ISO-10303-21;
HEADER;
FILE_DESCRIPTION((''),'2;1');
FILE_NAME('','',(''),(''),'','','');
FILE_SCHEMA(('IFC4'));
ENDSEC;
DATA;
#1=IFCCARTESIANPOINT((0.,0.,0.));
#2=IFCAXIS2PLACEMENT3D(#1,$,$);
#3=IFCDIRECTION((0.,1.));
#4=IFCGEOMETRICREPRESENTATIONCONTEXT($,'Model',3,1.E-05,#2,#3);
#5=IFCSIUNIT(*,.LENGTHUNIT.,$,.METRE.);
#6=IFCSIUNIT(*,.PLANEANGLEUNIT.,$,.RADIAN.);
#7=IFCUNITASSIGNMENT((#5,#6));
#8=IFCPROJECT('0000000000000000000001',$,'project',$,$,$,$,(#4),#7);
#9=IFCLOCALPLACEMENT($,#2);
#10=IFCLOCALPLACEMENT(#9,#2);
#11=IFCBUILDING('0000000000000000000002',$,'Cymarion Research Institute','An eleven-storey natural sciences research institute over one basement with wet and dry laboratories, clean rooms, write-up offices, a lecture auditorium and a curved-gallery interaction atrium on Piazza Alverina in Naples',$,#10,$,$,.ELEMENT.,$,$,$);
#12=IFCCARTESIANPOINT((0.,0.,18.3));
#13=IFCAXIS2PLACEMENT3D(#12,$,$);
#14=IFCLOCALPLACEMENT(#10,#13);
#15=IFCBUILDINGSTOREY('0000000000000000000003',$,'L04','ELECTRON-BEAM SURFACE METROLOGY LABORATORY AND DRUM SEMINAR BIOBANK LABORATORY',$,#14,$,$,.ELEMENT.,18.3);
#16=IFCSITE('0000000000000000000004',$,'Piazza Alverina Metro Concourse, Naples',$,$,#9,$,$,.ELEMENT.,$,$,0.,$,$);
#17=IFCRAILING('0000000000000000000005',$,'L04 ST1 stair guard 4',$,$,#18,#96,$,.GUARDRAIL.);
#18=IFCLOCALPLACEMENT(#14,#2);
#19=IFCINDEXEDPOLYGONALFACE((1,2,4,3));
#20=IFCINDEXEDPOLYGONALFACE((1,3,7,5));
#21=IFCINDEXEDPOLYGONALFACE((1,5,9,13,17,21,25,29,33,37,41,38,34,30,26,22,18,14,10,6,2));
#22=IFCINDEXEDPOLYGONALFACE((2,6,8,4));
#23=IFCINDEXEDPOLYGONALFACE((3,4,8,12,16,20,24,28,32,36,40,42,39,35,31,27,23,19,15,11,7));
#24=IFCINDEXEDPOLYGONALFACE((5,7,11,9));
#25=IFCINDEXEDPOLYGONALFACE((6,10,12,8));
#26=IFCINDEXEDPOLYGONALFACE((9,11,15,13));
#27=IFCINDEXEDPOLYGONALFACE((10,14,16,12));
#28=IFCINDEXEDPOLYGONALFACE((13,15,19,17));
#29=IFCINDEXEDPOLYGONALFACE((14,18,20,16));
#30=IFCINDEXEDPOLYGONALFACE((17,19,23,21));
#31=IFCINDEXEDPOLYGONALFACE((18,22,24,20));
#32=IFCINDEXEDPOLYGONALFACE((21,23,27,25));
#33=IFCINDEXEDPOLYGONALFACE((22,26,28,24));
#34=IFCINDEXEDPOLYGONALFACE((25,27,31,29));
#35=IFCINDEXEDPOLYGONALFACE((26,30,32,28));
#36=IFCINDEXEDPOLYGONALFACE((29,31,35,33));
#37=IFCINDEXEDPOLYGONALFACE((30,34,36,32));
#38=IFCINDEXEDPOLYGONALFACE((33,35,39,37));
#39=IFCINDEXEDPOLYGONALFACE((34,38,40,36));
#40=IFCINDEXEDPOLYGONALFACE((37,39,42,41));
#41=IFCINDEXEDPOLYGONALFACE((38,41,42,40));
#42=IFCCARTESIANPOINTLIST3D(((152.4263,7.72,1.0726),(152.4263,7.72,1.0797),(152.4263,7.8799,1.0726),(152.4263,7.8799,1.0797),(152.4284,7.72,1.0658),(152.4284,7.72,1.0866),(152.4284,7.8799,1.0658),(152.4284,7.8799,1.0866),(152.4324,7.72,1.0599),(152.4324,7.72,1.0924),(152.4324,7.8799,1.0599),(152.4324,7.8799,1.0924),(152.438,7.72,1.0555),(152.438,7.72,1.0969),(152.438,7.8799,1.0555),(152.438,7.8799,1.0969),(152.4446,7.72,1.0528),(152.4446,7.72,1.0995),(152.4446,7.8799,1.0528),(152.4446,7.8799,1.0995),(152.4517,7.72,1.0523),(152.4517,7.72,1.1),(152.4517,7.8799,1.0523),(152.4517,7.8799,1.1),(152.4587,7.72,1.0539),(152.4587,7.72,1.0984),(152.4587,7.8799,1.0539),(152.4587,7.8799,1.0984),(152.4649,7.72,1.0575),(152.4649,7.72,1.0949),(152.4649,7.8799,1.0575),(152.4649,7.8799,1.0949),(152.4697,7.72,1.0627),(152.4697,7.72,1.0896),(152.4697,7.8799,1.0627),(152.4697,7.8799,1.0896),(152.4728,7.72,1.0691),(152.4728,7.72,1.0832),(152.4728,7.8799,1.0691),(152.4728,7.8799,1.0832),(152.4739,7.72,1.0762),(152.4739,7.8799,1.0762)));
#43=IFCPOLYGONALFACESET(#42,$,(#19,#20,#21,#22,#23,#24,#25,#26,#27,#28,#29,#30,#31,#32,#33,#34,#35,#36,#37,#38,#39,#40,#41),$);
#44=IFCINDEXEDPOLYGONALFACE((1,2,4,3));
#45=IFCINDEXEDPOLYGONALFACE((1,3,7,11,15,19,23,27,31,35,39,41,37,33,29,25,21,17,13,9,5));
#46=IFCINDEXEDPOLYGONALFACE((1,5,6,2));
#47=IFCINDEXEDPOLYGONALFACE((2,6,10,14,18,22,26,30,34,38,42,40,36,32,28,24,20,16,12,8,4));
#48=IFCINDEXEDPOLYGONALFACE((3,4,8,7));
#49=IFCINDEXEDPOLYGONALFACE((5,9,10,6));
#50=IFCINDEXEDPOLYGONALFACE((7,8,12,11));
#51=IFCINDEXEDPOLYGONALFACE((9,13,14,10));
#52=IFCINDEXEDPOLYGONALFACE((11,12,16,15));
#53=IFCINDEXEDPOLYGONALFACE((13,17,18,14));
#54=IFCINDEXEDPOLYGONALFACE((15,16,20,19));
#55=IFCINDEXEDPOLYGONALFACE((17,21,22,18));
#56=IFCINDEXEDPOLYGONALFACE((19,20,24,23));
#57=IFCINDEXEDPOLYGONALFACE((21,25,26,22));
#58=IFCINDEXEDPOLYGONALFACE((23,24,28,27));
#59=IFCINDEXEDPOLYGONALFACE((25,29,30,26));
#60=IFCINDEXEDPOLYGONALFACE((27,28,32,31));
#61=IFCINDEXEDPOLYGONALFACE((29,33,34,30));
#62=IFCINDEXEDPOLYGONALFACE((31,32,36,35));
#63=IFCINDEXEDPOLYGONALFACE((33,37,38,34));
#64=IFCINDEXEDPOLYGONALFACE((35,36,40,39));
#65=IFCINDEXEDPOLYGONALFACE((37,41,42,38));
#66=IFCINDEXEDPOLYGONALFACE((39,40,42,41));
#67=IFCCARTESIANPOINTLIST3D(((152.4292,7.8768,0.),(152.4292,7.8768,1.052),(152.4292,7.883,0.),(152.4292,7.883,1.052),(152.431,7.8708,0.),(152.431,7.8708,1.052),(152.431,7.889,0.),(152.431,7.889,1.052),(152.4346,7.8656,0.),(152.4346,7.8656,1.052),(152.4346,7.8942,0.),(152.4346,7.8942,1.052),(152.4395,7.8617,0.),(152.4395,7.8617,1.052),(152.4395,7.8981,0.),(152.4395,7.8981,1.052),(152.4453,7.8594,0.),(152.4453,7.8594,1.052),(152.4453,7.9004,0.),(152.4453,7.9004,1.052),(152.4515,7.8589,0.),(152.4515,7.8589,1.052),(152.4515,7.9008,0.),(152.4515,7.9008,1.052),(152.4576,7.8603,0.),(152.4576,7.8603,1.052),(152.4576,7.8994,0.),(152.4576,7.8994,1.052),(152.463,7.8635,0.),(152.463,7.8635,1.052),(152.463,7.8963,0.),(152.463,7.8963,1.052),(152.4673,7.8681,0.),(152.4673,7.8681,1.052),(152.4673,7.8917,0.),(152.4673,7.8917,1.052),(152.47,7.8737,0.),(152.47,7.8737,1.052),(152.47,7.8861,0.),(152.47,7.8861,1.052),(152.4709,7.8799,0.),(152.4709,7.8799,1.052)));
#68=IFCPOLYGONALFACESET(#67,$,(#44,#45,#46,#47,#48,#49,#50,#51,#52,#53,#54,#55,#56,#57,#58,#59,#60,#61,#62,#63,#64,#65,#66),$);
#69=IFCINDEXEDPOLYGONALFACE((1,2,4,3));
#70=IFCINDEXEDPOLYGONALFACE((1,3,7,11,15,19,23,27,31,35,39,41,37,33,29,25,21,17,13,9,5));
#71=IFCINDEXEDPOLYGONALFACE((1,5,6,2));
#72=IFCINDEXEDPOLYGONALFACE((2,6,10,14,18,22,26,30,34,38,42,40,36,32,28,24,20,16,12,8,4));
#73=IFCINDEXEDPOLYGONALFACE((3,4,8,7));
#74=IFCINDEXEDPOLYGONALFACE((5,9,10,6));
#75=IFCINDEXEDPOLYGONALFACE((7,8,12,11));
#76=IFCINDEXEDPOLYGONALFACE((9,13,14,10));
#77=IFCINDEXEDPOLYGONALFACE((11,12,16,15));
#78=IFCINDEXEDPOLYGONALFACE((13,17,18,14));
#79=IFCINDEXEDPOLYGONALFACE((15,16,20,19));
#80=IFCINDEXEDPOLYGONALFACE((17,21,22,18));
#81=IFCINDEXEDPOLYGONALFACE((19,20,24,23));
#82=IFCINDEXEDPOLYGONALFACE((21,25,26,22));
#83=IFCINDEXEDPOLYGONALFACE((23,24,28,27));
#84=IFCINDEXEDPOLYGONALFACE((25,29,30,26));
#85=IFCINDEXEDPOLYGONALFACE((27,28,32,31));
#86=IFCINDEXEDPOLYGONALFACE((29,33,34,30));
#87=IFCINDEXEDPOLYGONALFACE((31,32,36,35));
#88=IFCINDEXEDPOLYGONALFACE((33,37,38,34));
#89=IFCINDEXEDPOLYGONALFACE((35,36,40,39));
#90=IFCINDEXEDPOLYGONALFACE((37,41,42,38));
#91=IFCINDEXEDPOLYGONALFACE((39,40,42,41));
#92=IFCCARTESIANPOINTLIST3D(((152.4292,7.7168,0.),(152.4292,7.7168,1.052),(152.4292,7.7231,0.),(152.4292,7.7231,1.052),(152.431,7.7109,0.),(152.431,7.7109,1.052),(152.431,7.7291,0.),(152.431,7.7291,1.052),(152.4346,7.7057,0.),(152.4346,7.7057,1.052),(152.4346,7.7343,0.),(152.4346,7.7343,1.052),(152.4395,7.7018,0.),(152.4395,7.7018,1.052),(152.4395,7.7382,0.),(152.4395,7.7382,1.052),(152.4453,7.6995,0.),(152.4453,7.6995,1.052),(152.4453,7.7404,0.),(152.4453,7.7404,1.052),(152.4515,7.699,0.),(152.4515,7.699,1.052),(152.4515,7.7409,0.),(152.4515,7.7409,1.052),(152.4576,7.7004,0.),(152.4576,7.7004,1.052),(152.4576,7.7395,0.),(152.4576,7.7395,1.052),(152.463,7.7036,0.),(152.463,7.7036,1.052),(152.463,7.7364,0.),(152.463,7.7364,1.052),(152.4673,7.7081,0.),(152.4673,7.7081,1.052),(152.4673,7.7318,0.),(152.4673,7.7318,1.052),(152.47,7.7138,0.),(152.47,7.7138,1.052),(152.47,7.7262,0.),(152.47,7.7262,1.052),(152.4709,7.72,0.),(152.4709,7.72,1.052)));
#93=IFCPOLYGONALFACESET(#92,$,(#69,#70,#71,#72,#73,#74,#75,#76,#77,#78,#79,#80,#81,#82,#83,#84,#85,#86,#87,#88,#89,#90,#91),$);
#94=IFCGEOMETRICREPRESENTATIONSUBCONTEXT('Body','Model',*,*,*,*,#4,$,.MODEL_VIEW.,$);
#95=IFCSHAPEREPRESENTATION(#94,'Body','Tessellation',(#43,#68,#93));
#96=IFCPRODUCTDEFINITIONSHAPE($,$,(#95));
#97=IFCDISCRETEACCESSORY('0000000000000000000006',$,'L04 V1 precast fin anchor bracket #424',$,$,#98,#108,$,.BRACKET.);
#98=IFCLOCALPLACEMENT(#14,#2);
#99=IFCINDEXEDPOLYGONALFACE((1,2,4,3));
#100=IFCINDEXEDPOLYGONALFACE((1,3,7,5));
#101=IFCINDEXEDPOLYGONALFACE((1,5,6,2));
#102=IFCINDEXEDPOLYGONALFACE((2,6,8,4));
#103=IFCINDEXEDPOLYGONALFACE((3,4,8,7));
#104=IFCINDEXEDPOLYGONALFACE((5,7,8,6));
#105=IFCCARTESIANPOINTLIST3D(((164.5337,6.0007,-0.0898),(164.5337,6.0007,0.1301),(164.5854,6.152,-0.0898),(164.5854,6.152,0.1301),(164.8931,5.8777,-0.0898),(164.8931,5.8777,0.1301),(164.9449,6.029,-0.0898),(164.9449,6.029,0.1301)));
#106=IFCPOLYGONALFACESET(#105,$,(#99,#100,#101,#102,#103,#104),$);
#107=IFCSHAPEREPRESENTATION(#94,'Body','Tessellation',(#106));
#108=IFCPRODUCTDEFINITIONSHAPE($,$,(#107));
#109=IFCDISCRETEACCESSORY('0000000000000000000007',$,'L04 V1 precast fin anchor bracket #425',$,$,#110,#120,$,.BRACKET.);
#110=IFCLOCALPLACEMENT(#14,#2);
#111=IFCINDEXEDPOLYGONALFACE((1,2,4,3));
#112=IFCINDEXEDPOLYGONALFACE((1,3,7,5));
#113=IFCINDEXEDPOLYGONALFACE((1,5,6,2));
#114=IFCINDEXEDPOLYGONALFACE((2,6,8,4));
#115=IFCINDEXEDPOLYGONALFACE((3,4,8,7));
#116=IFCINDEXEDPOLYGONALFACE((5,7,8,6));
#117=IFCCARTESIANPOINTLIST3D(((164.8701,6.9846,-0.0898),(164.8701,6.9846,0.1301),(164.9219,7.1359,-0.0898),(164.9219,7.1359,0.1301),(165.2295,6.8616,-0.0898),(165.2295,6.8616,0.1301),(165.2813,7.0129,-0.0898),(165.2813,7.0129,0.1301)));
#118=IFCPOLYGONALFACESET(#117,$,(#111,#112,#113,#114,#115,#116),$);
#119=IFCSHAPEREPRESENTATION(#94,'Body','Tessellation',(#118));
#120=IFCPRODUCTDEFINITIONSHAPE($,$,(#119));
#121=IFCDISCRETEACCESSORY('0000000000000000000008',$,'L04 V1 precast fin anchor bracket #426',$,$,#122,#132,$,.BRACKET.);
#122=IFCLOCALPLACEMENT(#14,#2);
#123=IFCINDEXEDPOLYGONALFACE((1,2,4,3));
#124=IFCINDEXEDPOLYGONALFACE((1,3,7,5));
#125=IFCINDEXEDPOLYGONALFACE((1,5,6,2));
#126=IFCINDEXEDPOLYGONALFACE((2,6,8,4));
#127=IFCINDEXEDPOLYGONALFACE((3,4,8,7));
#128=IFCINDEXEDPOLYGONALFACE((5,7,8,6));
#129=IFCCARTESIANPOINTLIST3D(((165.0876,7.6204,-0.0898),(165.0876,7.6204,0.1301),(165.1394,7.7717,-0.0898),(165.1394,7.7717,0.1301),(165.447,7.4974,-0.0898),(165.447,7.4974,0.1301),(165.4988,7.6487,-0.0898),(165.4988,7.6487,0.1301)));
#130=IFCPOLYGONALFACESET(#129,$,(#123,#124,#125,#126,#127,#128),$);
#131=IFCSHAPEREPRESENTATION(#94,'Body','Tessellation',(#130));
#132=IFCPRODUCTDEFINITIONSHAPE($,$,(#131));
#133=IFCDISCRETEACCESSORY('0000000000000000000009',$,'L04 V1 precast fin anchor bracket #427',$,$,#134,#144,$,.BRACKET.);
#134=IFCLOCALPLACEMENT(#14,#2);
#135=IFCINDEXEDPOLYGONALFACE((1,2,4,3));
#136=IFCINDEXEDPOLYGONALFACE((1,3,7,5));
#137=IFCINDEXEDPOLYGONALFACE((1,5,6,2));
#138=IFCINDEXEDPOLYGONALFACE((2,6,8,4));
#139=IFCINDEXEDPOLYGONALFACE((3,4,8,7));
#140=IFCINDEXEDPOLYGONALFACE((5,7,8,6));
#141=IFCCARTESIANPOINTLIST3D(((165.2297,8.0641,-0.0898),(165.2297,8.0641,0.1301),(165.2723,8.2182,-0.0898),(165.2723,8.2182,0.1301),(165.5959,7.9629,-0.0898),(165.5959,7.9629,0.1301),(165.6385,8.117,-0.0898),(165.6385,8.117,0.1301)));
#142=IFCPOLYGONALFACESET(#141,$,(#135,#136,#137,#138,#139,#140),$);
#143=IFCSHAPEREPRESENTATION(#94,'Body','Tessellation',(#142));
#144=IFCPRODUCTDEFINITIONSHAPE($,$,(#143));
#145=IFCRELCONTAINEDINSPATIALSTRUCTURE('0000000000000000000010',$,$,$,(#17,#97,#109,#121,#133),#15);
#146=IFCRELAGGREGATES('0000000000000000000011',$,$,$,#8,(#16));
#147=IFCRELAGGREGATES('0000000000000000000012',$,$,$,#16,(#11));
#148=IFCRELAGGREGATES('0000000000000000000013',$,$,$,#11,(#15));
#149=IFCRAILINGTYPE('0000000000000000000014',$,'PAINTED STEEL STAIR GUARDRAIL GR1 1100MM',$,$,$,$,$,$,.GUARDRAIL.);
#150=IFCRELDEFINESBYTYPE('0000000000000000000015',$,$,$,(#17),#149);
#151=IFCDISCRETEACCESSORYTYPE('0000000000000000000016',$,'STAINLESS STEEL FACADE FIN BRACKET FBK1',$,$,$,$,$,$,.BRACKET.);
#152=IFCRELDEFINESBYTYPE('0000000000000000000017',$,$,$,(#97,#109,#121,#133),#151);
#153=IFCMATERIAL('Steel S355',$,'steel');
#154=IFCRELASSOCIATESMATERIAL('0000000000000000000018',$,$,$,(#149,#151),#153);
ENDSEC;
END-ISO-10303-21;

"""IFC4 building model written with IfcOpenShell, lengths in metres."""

from ifc_helpers import new_model, si_unit, direction, frame, origin, origin_2d, place, context, subcontext, project, spatial, rectangle, circle, extrude, material, type_object, element, save


model = new_model("IFC4")

# Units and contexts
model_context = context("Model", 3, precision=1e-05, world=origin(), true_north=direction((0.0, 1.0)))
body_context = subcontext(model_context, "Body", "Model", "MODEL_VIEW")
ifc_project = project(units=[si_unit("LENGTHUNIT", "METRE"), si_unit("PLANEANGLEUNIT", "RADIAN")], contexts=[model_context])

# Site, building, storey
site_placement = place(None, origin())
site = spatial("IfcSite", under=ifc_project, at=site_placement, Name="Piazza Alverina Metro Concourse, Naples", CompositionType="ELEMENT", RefElevation=0.0)
building_placement = place(site_placement, origin())
building = spatial("IfcBuilding", under=site, at=building_placement, Name="Cymarion Research Institute", Description="An eleven-storey natural sciences research institute over one basement with wet and dry laboratories, clean rooms, write-up offices, a lecture auditorium and a curved-gallery interaction atrium on Piazza Alverina in Naples", CompositionType="ELEMENT")
storey_placement = place(building_placement, frame((0.0, 0.0, 18.3)))
storey = spatial("IfcBuildingStorey", under=building, at=storey_placement, Name="L04", Description="ELECTRON-BEAM SURFACE METROLOGY LABORATORY AND DRUM SEMINAR BIOBANK LABORATORY", CompositionType="ELEMENT", Elevation=18.3)

# Shared definitions
ifc_material_1 = material(Name="Steel S355", Category="steel")

# Railing
railing_type = type_object("IfcRailingType", Name="PAINTED STEEL STAIR GUARDRAIL GR1 1100MM", PredefinedType="GUARDRAIL", material=ifc_material_1)
railing_1_placement = place(storey_placement, frame((152.45, 7.8799, 0.0)))
element("IfcRailing", 1, at=railing_1_placement, inside=storey, type_object=railing_type, Name="L04 ST1 stair guard 4", PredefinedType="GUARDRAIL", context=body_context, shape_type="SweptSolid", body=[
    extrude(circle(Radius=0.0239, at=origin_2d()), frame((0.0, 0.0, 1.0762), z_axis=(0.0, -1.0, 0.0), x_axis=(1.0, 0.0, 0.0)), (0.0, 0.0, 1.0), 0.1599),
    extrude(circle(Radius=0.021, at=origin_2d()), origin(), (0.0, 0.0, 1.0), 1.052),
    extrude(circle(Radius=0.021, at=origin_2d()), frame((0.0, -0.1599, 0.0)), (0.0, 0.0, 1.0), 1.052),
])

# Discrete accessories
discrete_accessory_type = type_object("IfcDiscreteAccessoryType", Name="STAINLESS STEEL FACADE FIN BRACKET FBK1", PredefinedType="BRACKET", material=ifc_material_1)
for number, where, z_axis, x_axis, name in (
    (2, (164.7393, 6.0149, -0.0898), (0.0, 0.0, 1.0), (0.946142, -0.323752, 0.0), "L04 V1 precast fin anchor bracket #424"),
    (3, (165.0757, 6.9988, -0.0898), (0.0, 0.0, 1.0), (0.946142, -0.323752, 0.0), "L04 V1 precast fin anchor bracket #425"),
    (4, (165.2932, 7.6345, -0.0898), (0.0, 0.0, 1.0), (0.946142, -0.323752, 0.0), "L04 V1 precast fin anchor bracket #426"),
    (5, (165.4341, 8.0906, -0.0898), (0.0, 0.0, 1.0), (0.963863, -0.266397, 0.0), "L04 V1 precast fin anchor bracket #427"),
):
    element("IfcDiscreteAccessory", number, at=place(storey_placement, frame(where, z_axis=z_axis, x_axis=x_axis)), inside=storey, type_object=discrete_accessory_type, Name=name, PredefinedType="BRACKET", context=body_context, shape_type="SweptSolid", body=[
        extrude(rectangle(XDim=0.3799, YDim=0.1599, at=origin_2d()), origin(), (0.0, 0.0, 1.0), 0.22),
    ])

save(model, "model.ifc")
